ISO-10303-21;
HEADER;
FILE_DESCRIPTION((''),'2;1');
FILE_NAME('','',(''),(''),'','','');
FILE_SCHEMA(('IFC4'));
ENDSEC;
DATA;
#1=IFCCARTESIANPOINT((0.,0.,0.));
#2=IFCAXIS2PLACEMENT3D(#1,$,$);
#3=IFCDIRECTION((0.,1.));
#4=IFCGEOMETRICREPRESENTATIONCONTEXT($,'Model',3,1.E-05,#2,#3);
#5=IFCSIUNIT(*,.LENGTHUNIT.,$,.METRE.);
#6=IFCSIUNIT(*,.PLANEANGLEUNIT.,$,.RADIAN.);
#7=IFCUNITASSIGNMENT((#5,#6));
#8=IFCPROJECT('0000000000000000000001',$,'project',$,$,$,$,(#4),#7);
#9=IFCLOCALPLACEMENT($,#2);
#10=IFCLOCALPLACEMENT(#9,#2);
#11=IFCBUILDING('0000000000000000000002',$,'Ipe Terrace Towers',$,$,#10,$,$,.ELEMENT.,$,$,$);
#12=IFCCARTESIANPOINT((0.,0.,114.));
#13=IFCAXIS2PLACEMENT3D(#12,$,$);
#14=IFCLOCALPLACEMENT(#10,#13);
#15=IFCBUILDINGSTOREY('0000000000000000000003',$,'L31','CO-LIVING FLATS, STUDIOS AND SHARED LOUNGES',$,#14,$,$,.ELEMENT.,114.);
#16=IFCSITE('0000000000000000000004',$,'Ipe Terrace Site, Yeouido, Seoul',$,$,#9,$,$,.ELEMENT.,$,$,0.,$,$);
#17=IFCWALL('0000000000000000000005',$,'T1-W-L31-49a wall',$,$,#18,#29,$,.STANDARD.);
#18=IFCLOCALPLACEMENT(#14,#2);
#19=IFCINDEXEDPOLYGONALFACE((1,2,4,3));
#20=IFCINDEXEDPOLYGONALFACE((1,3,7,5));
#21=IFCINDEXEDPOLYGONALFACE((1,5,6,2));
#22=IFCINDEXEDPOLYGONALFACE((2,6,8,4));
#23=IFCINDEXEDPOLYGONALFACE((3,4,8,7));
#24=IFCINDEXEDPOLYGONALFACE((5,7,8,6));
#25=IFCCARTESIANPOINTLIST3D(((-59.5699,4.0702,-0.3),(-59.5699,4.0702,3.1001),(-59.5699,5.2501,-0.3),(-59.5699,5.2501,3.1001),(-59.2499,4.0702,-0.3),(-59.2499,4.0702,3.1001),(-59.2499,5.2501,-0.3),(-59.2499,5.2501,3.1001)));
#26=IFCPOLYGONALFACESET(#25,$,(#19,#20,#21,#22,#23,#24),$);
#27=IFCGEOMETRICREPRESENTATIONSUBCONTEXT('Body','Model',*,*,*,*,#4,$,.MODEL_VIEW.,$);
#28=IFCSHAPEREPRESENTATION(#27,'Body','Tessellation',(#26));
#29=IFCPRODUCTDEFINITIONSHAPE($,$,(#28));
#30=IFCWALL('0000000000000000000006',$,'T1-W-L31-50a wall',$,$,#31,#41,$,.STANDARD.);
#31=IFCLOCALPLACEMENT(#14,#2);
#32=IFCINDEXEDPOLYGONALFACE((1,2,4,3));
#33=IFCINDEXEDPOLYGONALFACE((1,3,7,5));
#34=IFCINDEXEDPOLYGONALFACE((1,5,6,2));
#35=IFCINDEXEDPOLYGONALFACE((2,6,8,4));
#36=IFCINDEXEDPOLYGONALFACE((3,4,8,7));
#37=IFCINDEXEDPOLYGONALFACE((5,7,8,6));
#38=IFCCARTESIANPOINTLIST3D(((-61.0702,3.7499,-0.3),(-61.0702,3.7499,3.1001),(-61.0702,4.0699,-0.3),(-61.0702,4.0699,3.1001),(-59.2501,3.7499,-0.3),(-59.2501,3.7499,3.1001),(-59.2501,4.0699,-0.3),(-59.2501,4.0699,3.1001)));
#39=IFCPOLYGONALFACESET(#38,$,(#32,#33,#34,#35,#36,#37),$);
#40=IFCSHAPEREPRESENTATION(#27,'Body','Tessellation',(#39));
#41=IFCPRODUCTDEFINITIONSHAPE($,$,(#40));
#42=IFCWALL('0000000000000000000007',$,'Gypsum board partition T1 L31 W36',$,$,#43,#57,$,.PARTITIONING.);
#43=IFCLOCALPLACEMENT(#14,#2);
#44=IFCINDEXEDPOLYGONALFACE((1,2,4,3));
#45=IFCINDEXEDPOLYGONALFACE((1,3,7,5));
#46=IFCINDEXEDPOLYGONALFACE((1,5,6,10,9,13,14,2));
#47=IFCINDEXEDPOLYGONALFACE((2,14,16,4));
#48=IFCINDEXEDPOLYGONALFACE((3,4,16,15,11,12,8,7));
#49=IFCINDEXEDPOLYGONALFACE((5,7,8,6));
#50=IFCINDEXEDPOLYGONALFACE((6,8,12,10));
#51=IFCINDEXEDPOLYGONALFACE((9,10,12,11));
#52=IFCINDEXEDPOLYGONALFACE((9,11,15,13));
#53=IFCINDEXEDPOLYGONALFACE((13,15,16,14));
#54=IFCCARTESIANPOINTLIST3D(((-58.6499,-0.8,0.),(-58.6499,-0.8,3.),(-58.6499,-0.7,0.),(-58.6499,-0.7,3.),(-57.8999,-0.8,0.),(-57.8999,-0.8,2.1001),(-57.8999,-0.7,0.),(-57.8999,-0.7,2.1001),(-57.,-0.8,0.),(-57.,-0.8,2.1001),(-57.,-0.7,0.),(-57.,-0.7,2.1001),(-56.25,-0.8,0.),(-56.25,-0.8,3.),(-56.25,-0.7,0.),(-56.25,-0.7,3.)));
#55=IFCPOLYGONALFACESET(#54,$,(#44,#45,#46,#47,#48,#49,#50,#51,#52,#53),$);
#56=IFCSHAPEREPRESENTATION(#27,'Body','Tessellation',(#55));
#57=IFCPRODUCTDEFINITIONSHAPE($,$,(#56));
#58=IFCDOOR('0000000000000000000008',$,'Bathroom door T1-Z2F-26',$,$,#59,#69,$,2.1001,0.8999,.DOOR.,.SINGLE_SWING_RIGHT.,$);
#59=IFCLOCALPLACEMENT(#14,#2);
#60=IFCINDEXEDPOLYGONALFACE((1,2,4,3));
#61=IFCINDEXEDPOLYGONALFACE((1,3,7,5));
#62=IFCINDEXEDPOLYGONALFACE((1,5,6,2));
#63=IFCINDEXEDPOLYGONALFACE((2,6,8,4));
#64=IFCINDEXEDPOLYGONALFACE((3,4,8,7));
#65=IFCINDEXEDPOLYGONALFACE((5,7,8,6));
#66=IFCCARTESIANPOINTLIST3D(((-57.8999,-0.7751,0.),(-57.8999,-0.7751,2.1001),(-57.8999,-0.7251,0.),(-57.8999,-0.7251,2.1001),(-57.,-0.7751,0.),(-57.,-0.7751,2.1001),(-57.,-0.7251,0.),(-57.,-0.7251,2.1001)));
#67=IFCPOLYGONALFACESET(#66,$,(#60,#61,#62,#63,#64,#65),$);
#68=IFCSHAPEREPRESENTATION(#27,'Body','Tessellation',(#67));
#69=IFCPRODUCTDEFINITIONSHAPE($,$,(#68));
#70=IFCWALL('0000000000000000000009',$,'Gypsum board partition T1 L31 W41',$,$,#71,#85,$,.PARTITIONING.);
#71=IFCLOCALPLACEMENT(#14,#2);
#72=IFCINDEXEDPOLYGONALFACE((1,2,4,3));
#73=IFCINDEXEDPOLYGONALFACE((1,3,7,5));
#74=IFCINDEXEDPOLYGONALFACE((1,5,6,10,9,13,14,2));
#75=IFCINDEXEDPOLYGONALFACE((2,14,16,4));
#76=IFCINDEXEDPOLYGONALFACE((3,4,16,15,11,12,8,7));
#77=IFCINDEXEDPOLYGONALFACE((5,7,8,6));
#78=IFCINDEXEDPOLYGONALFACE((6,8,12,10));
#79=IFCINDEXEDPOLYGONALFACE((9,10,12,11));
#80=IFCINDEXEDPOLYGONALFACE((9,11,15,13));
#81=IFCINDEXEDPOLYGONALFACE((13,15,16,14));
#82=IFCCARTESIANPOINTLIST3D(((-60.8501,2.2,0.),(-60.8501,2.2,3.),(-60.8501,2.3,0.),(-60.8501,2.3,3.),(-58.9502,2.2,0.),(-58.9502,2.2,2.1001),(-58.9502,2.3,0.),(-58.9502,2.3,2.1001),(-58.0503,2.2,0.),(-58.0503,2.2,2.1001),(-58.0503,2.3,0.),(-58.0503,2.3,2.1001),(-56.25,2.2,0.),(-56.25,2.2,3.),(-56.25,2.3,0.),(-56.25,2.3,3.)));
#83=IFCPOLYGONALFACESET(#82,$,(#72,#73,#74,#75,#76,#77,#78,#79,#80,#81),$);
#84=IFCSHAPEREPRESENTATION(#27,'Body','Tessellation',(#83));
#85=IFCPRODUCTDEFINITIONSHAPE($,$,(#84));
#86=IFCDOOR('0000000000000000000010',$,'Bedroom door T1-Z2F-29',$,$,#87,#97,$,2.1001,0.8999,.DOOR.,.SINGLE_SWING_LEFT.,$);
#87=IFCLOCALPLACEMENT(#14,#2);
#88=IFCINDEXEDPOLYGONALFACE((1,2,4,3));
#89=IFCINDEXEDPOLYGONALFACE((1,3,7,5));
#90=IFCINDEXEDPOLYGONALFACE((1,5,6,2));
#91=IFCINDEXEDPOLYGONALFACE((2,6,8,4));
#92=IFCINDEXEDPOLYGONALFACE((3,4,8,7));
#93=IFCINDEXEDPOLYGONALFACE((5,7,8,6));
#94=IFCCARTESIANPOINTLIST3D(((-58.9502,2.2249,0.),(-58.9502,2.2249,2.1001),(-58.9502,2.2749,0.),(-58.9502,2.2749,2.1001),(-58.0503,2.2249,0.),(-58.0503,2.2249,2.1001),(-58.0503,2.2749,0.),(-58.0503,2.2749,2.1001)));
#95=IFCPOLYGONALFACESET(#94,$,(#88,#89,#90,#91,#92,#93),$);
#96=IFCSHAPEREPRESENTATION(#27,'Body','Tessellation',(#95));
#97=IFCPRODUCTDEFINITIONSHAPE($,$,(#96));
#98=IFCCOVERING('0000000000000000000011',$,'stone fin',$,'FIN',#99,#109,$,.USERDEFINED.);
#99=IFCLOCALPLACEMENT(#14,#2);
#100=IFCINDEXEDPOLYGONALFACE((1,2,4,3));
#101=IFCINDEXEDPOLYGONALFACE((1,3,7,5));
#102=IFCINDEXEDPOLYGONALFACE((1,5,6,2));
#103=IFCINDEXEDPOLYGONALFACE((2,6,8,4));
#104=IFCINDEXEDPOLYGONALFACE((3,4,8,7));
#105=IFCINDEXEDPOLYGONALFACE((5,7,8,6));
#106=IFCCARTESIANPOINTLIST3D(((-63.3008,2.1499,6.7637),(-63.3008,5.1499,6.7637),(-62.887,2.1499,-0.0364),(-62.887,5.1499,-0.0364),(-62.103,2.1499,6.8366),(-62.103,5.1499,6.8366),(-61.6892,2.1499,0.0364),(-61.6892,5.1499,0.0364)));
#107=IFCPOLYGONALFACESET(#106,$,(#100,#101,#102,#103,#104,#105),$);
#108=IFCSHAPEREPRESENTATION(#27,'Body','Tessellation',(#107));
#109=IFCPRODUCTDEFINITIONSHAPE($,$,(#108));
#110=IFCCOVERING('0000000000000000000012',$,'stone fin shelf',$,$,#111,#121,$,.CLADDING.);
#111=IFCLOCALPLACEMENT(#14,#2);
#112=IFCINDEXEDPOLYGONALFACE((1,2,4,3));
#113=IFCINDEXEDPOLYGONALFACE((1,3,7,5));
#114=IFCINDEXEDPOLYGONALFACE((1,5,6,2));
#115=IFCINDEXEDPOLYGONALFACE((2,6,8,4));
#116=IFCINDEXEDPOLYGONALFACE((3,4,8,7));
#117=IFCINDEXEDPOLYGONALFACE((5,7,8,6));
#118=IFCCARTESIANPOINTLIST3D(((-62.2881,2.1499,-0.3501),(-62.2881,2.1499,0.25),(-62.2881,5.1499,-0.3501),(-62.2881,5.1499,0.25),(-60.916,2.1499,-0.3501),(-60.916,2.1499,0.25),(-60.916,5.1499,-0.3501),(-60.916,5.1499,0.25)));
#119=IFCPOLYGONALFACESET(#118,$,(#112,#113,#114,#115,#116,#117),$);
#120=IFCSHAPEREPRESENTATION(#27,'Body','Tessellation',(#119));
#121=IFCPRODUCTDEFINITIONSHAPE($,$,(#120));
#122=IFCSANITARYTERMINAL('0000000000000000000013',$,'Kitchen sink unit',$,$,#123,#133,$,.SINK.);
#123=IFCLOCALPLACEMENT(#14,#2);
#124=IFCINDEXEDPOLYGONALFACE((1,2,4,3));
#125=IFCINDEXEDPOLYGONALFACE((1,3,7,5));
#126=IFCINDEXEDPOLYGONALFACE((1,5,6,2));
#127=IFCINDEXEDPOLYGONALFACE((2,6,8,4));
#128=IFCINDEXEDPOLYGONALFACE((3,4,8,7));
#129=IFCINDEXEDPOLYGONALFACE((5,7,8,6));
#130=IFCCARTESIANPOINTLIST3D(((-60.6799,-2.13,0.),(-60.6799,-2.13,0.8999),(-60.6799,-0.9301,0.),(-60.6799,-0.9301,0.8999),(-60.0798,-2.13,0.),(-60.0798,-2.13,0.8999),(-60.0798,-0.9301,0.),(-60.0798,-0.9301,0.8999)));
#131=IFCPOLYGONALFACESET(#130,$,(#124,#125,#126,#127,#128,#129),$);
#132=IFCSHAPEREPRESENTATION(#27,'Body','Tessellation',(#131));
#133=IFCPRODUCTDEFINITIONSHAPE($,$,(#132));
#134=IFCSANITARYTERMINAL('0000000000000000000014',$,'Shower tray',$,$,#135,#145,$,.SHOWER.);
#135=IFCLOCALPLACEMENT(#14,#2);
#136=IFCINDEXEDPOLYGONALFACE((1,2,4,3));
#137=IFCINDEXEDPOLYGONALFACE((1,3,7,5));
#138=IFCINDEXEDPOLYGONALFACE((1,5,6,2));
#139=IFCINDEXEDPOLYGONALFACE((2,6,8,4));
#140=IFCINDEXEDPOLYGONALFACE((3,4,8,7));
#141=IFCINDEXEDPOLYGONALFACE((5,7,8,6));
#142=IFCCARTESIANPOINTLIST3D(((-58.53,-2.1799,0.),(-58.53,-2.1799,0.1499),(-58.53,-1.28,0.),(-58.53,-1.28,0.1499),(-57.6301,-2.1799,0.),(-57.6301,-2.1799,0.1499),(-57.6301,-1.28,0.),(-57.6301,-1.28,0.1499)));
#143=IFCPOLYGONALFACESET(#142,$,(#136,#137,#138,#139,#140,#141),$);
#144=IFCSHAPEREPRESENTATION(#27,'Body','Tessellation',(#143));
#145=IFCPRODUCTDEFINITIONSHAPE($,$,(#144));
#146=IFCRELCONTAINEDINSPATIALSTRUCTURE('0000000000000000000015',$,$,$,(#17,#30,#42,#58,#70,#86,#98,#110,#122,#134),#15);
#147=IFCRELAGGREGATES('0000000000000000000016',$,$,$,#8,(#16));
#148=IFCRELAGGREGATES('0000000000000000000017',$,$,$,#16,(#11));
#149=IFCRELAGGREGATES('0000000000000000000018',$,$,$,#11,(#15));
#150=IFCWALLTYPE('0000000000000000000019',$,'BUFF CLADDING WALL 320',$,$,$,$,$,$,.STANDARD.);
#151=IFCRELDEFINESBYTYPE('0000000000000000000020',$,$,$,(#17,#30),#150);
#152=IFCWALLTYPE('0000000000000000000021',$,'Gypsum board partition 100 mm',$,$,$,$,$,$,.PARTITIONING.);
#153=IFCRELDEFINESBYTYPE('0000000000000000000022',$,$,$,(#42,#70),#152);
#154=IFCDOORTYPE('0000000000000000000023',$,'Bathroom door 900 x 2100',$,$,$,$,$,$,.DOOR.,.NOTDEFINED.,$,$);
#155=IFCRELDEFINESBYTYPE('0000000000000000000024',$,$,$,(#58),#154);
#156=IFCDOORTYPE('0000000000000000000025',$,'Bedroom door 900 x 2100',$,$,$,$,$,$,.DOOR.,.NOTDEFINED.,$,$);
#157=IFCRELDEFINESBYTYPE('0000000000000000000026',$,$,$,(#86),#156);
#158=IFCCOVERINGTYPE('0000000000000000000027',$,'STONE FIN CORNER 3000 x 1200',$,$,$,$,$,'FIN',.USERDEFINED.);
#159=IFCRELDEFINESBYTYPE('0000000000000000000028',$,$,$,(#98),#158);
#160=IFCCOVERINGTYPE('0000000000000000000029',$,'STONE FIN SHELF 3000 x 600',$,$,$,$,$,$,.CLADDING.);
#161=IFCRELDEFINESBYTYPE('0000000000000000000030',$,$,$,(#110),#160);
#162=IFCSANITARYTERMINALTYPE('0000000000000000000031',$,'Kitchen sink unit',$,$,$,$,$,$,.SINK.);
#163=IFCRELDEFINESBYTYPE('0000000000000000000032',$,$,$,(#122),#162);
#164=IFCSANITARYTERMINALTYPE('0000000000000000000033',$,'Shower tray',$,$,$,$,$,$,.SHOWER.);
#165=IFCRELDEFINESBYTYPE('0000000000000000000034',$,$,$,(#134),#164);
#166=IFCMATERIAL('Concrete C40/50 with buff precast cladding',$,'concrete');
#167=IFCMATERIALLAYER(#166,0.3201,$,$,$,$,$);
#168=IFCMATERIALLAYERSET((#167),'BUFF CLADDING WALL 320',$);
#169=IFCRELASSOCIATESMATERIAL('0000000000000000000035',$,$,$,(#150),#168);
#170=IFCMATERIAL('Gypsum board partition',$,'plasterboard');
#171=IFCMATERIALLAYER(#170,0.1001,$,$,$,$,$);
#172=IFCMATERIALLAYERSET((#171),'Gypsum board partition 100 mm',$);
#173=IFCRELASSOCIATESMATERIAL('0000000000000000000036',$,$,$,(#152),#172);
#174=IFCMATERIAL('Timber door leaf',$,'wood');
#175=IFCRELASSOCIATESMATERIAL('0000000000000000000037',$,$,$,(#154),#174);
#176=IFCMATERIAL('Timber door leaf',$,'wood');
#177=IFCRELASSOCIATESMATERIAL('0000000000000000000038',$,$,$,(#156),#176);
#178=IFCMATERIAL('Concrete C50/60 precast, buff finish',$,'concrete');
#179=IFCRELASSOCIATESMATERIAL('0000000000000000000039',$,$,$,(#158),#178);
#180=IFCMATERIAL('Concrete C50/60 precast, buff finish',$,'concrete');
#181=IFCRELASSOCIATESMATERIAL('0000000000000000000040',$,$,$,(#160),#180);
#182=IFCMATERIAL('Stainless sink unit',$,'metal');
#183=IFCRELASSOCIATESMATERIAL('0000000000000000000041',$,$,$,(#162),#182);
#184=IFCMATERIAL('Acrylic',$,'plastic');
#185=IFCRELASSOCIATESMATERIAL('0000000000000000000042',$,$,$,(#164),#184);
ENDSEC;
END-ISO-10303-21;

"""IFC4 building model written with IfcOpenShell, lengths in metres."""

from ifc_helpers import new_model, si_unit, direction, frame, frame_2d, origin, origin_2d, place, context, subcontext, project, spatial, rectangle, extrude, material, layer, layer_set, material_profile, profile_set, type_object, element, fill, save


model = new_model("IFC4")

# Units and contexts
model_context = context("Model", 3, precision=1e-05, world=origin(), true_north=direction((0.0, 1.0)))
body_context = subcontext(model_context, "Body", "Model", "MODEL_VIEW")
ifc_project = project(units=[si_unit("LENGTHUNIT", "METRE"), si_unit("PLANEANGLEUNIT", "RADIAN")], contexts=[model_context])

# Site, building, storey
site_placement = place(None, origin())
site = spatial("IfcSite", under=ifc_project, at=site_placement, Name="Ipe Terrace Site, Yeouido, Seoul", CompositionType="ELEMENT", RefElevation=0.0)
building_placement = place(site_placement, origin())
building = spatial("IfcBuilding", under=site, at=building_placement, Name="Ipe Terrace Towers", CompositionType="ELEMENT")
storey_placement = place(building_placement, frame((0.0, 0.0, 114.0)))
storey = spatial("IfcBuildingStorey", under=building, at=storey_placement, Name="L31", Description="CO-LIVING FLATS, STUDIOS AND SHARED LOUNGES", CompositionType="ELEMENT", Elevation=114.0)

# Shared definitions
ifc_material_1 = material(Name="Concrete C40/50 with buff precast cladding", Category="concrete")
ifc_layer_1 = layer(ifc_material_1, 0.3201)
ifc_layer_set_1 = layer_set([ifc_layer_1], Name="BUFF CLADDING WALL 320")
wall_type_1 = type_object("IfcWallType", Name="BUFF CLADDING WALL 320", PredefinedType="STANDARD", material=ifc_layer_set_1)

# Walls
wall_1_placement = place(storey_placement, frame((-59.4099, 5.25, -0.3), z_axis=(0.0, 0.0, 1.0), x_axis=(0.0, -1.0, 0.0)))
element("IfcWall", 1, at=wall_1_placement, inside=storey, type_object=wall_type_1, Name="T1-W-L31-49a wall", PredefinedType="STANDARD", context=body_context, shape_type="SweptSolid", body=[
    extrude(rectangle(XDim=1.1799, YDim=0.3201, at=frame_2d((0.5898, 0.0))), origin(), (0.0, 0.0, 1.0), 3.4001),
])
wall_2_placement = place(storey_placement, frame((-59.25, 3.9099, -0.3), z_axis=(0.0, 0.0, 1.0), x_axis=(-1.0, 0.0, 0.0)))
element("IfcWall", 2, at=wall_2_placement, inside=storey, type_object=wall_type_1, Name="T1-W-L31-50a wall", PredefinedType="STANDARD", context=body_context, shape_type="SweptSolid", body=[
    extrude(rectangle(XDim=1.8201, YDim=0.3201, at=frame_2d((0.9102, 0.0))), origin(), (0.0, 0.0, 1.0), 3.4001),
])

# Walls, openings, doors
ifc_material_2 = material(Name="Gypsum board partition", Category="plasterboard")
ifc_layer_2 = layer(ifc_material_2, 0.1001)
ifc_layer_set_2 = layer_set([ifc_layer_2], Name="Gypsum board partition 100 mm")
wall_type_2 = type_object("IfcWallType", Name="Gypsum board partition 100 mm", PredefinedType="PARTITIONING", material=ifc_layer_set_2)
wall_3_placement = place(storey_placement, frame((-58.6499, -0.75, 0.0), z_axis=(0.0, 0.0, 1.0), x_axis=(1.0, 0.0, 0.0)))
wall_3 = element("IfcWall", 3, at=wall_3_placement, inside=storey, type_object=wall_type_2, Name="Gypsum board partition T1 L31 W36", PredefinedType="PARTITIONING", context=body_context, shape_type="SweptSolid", body=[
    extrude(rectangle(XDim=2.3999, YDim=0.1001, at=frame_2d((1.2, 0.0))), origin(), (0.0, 0.0, 1.0), 3.0),
])
opening_1_placement = place(wall_3_placement, frame((0.75, 0.0, 0.0)))
opening_1 = element("IfcOpeningElement", 4, at=opening_1_placement, cuts=wall_3, PredefinedType="OPENING", context=body_context, shape_type="SweptSolid", body=[
    extrude(rectangle(XDim=0.8999, YDim=2.1001, at=frame_2d((0.45, 1.05))), frame((0.0, 0.0601, 0.0), z_axis=(0.0, -1.0, 0.0), x_axis=(1.0, 0.0, 0.0)), (0.0, 0.0, 1.0), 0.1201),
])
ifc_material_3 = material(Name="Timber door leaf", Category="wood")
door_type_1 = type_object("IfcDoorType", Name="Bathroom door 900 x 2100", OperationType="NOTDEFINED", PredefinedType="DOOR", material=ifc_material_3)
door_1_placement = place(opening_1_placement, origin())
door_1 = element("IfcDoor", 5, at=door_1_placement, inside=storey, type_object=door_type_1, Name="Bathroom door T1-Z2F-26", OperationType="SINGLE_SWING_RIGHT", OverallHeight=2.1001, OverallWidth=0.8999, PredefinedType="DOOR", context=body_context, shape_type="SweptSolid", body=[
    extrude(rectangle(XDim=0.8999, YDim=2.1001, at=frame_2d((0.45, 1.05))), frame((0.0, 0.0249, 0.0), z_axis=(0.0, -1.0, 0.0), x_axis=(1.0, 0.0, 0.0)), (0.0, 0.0, 1.0), 0.05),
])
fill(opening_1, door_1)
wall_4_placement = place(storey_placement, frame((-60.8501, 2.25, 0.0), z_axis=(0.0, 0.0, 1.0), x_axis=(1.0, 0.0, 0.0)))
wall_4 = element("IfcWall", 6, at=wall_4_placement, inside=storey, type_object=wall_type_2, Name="Gypsum board partition T1 L31 W41", PredefinedType="PARTITIONING", context=body_context, shape_type="SweptSolid", body=[
    extrude(rectangle(XDim=4.6001, YDim=0.1001, at=frame_2d((2.3, 0.0))), origin(), (0.0, 0.0, 1.0), 3.0),
])
opening_2_placement = place(wall_4_placement, frame((1.8999, 0.0, 0.0)))
opening_2 = element("IfcOpeningElement", 7, at=opening_2_placement, cuts=wall_4, PredefinedType="OPENING", context=body_context, shape_type="SweptSolid", body=[
    extrude(rectangle(XDim=0.8999, YDim=2.1001, at=frame_2d((0.45, 1.05))), frame((0.0, 0.0601, 0.0), z_axis=(0.0, -1.0, 0.0), x_axis=(1.0, 0.0, 0.0)), (0.0, 0.0, 1.0), 0.1201),
])
ifc_material_4 = material(Name="Timber door leaf", Category="wood")
door_type_2 = type_object("IfcDoorType", Name="Bedroom door 900 x 2100", OperationType="NOTDEFINED", PredefinedType="DOOR", material=ifc_material_4)
door_2_placement = place(opening_2_placement, origin())
door_2 = element("IfcDoor", 8, at=door_2_placement, inside=storey, type_object=door_type_2, Name="Bedroom door T1-Z2F-29", OperationType="SINGLE_SWING_LEFT", OverallHeight=2.1001, OverallWidth=0.8999, PredefinedType="DOOR", context=body_context, shape_type="SweptSolid", body=[
    extrude(rectangle(XDim=0.8999, YDim=2.1001, at=frame_2d((0.45, 1.05))), frame((0.0, 0.0249, 0.0), z_axis=(0.0, -1.0, 0.0), x_axis=(1.0, 0.0, 0.0)), (0.0, 0.0, 1.0), 0.05),
])
fill(opening_2, door_2)

# Coverings
ifc_material_5 = material(Name="Concrete C50/60 precast, buff finish", Category="concrete")
ifc_material_profile_1 = material_profile(ifc_material_5, rectangle(XDim=3.0, YDim=1.2, at=origin_2d()), Name="STONE FIN CORNER 3000 x 1200")
ifc_profile_set_1 = profile_set([ifc_material_profile_1], Name="Concrete C50/60 precast, buff finish")
covering_type_1 = type_object("IfcCoveringType", Name="STONE FIN CORNER 3000 x 1200", ElementType="FIN", PredefinedType="USERDEFINED", material=ifc_profile_set_1)
covering_1_placement = place(storey_placement, frame((-62.2881, 3.6499, 0.0), z_axis=(-0.060743, 0.0, 0.998153), x_axis=(0.0, -1.0, 0.0)))
element("IfcCovering", 9, at=covering_1_placement, inside=storey, type_object=covering_type_1, Name="stone fin", ObjectType="FIN", PredefinedType="USERDEFINED", context=body_context, shape_type="SweptSolid", body=[
    extrude(rectangle(XDim=3.0, YDim=1.2, at=origin_2d()), origin(), (0.0, 0.0, 1.0), 6.8127),
])
ifc_material_6 = material(Name="Concrete C50/60 precast, buff finish", Category="concrete")
covering_type_2 = type_object("IfcCoveringType", Name="STONE FIN SHELF 3000 x 600", PredefinedType="CLADDING", material=ifc_material_6)
covering_2_placement = place(storey_placement, frame((-61.6021, 3.6499, -0.3501), z_axis=(0.0, 0.0, 1.0), x_axis=(0.0, -1.0, 0.0)))
element("IfcCovering", 10, at=covering_2_placement, inside=storey, type_object=covering_type_2, Name="stone fin shelf", PredefinedType="CLADDING", context=body_context, shape_type="SweptSolid", body=[
    extrude(rectangle(XDim=3.0, YDim=1.3721, at=origin_2d()), origin(), (0.0, 0.0, 1.0), 0.6001),
])

# Sanitary terminals
ifc_material_7 = material(Name="Stainless sink unit", Category="metal")
sanitary_terminal_type_1 = type_object("IfcSanitaryTerminalType", Name="Kitchen sink unit", PredefinedType="SINK", material=ifc_material_7)
sanitary_terminal_1_placement = place(storey_placement, frame((-60.3799, -1.53, 0.0), z_axis=(0.0, 0.0, 1.0), x_axis=(0.0, 1.0, 0.0)))
element("IfcSanitaryTerminal", 11, at=sanitary_terminal_1_placement, inside=storey, type_object=sanitary_terminal_type_1, Name="Kitchen sink unit", PredefinedType="SINK", context=body_context, shape_type="SweptSolid", body=[
    extrude(rectangle(XDim=1.2, YDim=0.6001, at=origin_2d()), origin(), (0.0, 0.0, 1.0), 0.8999),
])
ifc_material_8 = material(Name="Acrylic", Category="plastic")
sanitary_terminal_type_2 = type_object("IfcSanitaryTerminalType", Name="Shower tray", PredefinedType="SHOWER", material=ifc_material_8)
sanitary_terminal_2_placement = place(storey_placement, frame((-58.0801, -1.73, 0.0), z_axis=(0.0, 0.0, 1.0), x_axis=(0.0, 1.0, 0.0)))
element("IfcSanitaryTerminal", 12, at=sanitary_terminal_2_placement, inside=storey, type_object=sanitary_terminal_type_2, Name="Shower tray", PredefinedType="SHOWER", context=body_context, shape_type="SweptSolid", body=[
    extrude(rectangle(XDim=0.8999, YDim=0.8999, at=origin_2d()), origin(), (0.0, 0.0, 1.0), 0.1499),
])

save(model, "model.ifc")
